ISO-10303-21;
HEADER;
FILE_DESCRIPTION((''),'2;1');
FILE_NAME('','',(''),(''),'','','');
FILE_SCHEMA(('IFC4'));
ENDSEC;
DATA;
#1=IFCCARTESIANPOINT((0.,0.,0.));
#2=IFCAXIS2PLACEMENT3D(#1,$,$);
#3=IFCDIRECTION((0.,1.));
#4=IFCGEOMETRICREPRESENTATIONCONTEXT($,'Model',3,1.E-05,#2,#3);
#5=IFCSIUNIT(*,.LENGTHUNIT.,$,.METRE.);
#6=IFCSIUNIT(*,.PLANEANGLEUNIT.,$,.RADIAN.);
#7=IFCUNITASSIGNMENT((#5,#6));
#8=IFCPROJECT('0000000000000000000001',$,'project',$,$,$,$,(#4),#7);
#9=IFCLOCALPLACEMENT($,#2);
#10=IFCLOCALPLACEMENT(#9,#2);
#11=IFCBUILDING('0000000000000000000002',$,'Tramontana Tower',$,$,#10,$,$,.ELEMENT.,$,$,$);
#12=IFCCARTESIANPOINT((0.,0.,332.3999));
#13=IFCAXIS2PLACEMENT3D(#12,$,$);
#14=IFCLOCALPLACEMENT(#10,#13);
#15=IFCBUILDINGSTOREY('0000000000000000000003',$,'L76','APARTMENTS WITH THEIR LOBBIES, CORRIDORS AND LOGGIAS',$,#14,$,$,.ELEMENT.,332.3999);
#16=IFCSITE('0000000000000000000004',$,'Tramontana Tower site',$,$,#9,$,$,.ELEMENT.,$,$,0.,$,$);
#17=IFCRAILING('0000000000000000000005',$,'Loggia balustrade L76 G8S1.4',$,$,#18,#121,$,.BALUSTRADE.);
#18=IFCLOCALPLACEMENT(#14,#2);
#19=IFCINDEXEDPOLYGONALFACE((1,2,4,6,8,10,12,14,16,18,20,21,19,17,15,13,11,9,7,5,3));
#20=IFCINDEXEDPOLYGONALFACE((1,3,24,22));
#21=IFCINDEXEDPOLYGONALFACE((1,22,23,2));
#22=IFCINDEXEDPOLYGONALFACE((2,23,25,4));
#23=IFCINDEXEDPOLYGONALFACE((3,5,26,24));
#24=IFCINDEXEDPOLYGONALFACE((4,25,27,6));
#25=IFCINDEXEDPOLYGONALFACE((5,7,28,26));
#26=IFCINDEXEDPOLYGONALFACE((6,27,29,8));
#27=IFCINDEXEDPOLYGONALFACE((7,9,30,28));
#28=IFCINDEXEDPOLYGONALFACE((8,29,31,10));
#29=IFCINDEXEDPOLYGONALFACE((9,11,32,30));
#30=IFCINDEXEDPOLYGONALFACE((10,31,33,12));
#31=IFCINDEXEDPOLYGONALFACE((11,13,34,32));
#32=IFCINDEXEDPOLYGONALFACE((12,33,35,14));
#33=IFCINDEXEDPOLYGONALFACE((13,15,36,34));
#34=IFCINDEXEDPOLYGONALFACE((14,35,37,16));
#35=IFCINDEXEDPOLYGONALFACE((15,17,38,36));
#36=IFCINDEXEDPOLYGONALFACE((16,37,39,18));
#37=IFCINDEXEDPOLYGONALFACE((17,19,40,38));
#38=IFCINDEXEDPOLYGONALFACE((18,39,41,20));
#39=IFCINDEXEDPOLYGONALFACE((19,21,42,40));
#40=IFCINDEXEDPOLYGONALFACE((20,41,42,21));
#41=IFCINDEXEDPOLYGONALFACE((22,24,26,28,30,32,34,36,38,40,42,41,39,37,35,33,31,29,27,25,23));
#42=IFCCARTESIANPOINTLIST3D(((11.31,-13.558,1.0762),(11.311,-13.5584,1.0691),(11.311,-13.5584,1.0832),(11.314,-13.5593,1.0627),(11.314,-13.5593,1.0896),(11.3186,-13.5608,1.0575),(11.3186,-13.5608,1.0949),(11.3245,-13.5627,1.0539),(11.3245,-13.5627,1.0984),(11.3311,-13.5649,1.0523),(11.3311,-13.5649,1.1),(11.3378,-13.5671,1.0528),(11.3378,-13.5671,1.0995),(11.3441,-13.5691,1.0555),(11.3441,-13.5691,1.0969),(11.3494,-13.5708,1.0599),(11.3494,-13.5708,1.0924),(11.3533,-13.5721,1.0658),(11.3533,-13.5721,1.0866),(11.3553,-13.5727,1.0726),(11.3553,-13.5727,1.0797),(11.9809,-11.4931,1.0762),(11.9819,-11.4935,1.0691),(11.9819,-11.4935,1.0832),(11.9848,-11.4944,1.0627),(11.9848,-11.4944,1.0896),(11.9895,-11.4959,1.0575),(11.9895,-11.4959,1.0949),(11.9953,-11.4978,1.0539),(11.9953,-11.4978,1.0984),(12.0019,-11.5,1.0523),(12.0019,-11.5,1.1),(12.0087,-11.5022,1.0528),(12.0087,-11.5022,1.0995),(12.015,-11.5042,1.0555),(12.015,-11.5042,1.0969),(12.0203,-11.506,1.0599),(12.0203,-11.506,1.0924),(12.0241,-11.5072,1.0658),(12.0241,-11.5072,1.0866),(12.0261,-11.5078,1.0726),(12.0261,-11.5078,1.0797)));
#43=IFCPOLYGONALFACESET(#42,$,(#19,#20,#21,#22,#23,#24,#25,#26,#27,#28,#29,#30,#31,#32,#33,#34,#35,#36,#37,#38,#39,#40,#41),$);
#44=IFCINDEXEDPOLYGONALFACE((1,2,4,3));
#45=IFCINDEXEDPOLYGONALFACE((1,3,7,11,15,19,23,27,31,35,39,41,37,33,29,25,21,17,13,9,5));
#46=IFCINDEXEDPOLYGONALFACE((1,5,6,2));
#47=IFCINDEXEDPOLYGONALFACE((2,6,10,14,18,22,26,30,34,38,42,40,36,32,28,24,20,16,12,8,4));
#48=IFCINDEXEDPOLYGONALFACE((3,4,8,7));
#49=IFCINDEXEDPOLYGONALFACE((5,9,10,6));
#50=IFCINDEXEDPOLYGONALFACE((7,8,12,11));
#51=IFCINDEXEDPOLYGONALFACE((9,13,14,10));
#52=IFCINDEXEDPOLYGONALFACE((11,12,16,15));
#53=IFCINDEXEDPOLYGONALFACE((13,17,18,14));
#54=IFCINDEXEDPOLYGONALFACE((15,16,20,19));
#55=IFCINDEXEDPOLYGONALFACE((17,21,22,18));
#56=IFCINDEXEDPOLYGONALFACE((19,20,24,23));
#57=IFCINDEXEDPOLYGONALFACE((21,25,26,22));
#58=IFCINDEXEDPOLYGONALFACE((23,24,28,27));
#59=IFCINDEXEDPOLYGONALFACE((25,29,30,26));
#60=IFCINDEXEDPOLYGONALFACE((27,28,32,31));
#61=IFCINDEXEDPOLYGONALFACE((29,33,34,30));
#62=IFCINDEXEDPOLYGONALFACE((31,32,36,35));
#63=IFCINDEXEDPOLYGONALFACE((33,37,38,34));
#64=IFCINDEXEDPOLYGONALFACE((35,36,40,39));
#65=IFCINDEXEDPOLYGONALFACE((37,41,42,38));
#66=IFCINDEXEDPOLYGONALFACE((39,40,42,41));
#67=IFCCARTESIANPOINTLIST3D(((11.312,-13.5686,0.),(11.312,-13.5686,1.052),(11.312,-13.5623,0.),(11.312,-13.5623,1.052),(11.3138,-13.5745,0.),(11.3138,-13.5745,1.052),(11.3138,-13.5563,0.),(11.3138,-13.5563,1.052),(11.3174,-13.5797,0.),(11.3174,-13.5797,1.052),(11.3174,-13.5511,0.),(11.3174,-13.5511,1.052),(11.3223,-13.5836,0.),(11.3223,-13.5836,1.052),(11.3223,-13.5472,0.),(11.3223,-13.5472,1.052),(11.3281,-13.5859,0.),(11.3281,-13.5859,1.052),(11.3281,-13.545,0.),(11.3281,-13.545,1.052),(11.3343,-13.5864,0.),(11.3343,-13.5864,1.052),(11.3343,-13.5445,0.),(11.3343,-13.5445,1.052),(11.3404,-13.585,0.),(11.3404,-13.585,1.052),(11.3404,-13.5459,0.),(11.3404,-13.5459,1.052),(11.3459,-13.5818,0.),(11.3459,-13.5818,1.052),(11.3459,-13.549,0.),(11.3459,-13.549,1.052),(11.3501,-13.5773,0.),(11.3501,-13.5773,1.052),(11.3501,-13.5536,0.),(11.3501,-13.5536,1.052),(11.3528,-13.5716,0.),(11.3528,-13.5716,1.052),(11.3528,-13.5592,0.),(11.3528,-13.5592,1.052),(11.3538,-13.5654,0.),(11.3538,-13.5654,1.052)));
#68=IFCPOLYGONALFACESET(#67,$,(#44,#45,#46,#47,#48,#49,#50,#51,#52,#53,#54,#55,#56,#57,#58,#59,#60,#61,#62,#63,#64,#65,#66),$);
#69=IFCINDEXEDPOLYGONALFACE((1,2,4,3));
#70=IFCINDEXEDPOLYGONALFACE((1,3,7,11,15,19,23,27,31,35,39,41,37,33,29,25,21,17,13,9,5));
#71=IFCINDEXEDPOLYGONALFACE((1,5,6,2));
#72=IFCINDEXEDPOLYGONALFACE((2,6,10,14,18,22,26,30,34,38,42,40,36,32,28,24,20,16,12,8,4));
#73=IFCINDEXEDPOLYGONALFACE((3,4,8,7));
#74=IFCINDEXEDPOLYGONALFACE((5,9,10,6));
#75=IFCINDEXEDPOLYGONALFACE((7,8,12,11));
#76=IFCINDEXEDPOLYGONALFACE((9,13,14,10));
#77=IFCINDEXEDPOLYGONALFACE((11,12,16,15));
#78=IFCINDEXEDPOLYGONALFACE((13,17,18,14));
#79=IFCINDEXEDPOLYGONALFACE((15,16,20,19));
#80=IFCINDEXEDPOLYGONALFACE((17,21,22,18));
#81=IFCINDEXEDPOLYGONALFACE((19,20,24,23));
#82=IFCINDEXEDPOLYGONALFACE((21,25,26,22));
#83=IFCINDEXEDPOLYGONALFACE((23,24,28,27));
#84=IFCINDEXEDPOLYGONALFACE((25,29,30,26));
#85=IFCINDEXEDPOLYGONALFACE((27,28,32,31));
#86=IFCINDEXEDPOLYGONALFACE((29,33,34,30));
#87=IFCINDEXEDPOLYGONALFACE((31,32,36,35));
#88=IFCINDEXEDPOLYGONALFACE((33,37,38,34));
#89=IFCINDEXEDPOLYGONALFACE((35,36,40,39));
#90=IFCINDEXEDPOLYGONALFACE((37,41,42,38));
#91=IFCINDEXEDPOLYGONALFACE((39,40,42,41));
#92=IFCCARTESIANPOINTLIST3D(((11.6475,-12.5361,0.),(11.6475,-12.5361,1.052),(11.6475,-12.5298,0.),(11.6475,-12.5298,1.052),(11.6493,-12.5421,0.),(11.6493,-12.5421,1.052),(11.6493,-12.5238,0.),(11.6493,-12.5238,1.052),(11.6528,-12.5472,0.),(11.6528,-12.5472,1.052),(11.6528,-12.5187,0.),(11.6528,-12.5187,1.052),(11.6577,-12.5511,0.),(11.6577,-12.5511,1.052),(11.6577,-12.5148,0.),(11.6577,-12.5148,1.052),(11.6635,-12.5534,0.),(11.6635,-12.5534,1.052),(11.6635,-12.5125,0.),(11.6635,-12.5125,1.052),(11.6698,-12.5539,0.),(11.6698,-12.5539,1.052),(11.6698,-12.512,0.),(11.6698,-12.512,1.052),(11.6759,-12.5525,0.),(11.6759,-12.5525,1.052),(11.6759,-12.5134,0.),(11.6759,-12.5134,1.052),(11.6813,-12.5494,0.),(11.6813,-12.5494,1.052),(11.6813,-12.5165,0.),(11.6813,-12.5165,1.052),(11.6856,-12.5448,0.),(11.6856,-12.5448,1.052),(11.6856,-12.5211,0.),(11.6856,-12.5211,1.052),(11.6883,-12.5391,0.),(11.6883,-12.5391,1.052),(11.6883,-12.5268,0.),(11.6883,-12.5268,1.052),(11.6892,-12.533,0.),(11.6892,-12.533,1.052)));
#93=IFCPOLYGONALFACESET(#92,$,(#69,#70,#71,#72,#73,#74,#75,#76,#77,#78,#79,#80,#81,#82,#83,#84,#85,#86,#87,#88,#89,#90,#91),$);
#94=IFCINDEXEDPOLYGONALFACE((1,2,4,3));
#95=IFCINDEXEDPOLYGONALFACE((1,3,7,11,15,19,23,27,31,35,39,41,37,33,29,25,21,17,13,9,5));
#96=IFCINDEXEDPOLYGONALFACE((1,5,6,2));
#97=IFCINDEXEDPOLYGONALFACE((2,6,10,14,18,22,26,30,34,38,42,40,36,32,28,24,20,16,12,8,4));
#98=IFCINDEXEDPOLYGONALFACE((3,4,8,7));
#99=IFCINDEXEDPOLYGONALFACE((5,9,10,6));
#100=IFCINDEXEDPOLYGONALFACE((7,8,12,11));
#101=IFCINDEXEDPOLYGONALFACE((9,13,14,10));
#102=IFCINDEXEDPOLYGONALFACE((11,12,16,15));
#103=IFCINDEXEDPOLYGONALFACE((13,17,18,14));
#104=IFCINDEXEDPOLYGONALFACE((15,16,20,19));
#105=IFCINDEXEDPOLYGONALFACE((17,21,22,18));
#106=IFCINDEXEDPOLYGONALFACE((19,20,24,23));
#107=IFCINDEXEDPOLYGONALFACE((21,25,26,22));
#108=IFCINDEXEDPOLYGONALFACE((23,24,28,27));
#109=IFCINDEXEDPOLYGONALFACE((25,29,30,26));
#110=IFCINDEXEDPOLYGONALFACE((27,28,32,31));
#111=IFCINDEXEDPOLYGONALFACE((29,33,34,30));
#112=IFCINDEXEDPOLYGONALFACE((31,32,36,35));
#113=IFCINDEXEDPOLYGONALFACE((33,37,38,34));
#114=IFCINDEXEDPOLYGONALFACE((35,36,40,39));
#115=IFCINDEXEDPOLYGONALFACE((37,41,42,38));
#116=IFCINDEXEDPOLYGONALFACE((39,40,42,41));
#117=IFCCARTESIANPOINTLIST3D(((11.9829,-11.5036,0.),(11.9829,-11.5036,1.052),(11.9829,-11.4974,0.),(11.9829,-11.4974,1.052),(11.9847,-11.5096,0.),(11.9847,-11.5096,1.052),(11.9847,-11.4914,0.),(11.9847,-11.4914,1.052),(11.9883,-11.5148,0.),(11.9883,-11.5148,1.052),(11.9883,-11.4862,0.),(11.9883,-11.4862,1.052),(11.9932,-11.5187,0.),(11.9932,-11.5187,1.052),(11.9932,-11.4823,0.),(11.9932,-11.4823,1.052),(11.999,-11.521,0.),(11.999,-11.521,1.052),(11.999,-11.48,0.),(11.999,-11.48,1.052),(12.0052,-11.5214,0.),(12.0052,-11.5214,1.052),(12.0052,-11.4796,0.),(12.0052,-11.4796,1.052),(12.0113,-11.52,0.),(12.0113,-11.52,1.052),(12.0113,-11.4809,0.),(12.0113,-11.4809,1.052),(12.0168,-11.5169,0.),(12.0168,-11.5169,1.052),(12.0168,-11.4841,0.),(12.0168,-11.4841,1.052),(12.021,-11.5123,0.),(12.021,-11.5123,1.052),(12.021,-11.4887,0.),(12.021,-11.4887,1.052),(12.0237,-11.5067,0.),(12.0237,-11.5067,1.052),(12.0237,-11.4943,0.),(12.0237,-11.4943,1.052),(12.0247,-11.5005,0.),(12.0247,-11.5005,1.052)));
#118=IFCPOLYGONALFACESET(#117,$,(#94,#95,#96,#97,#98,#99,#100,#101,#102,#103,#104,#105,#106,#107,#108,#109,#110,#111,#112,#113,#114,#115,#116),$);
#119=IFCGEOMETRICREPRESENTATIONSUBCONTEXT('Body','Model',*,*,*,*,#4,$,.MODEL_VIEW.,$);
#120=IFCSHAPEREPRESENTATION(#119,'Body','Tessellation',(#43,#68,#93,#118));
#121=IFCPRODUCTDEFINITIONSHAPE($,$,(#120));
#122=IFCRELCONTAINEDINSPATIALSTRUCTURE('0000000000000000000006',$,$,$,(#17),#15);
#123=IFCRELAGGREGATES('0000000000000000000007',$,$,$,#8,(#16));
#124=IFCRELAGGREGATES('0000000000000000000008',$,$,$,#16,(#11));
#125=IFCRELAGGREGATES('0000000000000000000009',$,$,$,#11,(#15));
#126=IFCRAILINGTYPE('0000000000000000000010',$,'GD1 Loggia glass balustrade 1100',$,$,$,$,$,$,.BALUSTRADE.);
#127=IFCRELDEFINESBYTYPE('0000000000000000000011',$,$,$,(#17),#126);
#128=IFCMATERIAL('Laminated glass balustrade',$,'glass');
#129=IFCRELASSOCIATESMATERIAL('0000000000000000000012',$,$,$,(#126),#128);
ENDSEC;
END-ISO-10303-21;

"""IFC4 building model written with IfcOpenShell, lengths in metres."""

from ifc_helpers import new_model, si_unit, direction, frame, origin, origin_2d, place, context, subcontext, project, spatial, circle, extrude, material, type_object, element, save


model = new_model("IFC4")

# Units and contexts
model_context = context("Model", 3, precision=1e-05, world=origin(), true_north=direction((0.0, 1.0)))
body_context = subcontext(model_context, "Body", "Model", "MODEL_VIEW")
ifc_project = project(units=[si_unit("LENGTHUNIT", "METRE"), si_unit("PLANEANGLEUNIT", "RADIAN")], contexts=[model_context])

# Site, building, storey
site_placement = place(None, origin())
site = spatial("IfcSite", under=ifc_project, at=site_placement, Name="Tramontana Tower site", CompositionType="ELEMENT", RefElevation=0.0)
building_placement = place(site_placement, origin())
building = spatial("IfcBuilding", under=site, at=building_placement, Name="Tramontana Tower", CompositionType="ELEMENT")
storey_placement = place(building_placement, frame((0.0, 0.0, 332.3999)))
storey = spatial("IfcBuildingStorey", under=building, at=storey_placement, Name="L76", Description="APARTMENTS WITH THEIR LOBBIES, CORRIDORS AND LOGGIAS", CompositionType="ELEMENT", Elevation=332.3999)

# Railing
ifc_material_1 = material(Name="Laminated glass balustrade", Category="glass")
railing_type = type_object("IfcRailingType", Name="GD1 Loggia glass balustrade 1100", PredefinedType="BALUSTRADE", material=ifc_material_1)
railing_placement = place(storey_placement, frame((11.3328, -13.5654, 0.0)))
element("IfcRailing", 1, at=railing_placement, inside=storey, type_object=railing_type, Name="Loggia balustrade L76 G8S1.4", PredefinedType="BALUSTRADE", context=body_context, shape_type="SweptSolid", body=[
    extrude(circle(Radius=0.0239, at=origin_2d()), frame((0.0, 0.0, 1.0762), z_axis=(0.309, 0.951062, 0.0), x_axis=(-0.951062, 0.309, 0.0)), (0.0, 0.0, 1.0), 2.1711),
    extrude(circle(Radius=0.021, at=origin_2d()), origin(), (0.0, 0.0, 1.0), 1.052),
    extrude(circle(Radius=0.021, at=origin_2d()), frame((0.3354, 1.0325, 0.0)), (0.0, 0.0, 1.0), 1.052),
    extrude(circle(Radius=0.021, at=origin_2d()), frame((0.6709, 2.0649, 0.0)), (0.0, 0.0, 1.0), 1.052),
])

save(model, "model.ifc")
